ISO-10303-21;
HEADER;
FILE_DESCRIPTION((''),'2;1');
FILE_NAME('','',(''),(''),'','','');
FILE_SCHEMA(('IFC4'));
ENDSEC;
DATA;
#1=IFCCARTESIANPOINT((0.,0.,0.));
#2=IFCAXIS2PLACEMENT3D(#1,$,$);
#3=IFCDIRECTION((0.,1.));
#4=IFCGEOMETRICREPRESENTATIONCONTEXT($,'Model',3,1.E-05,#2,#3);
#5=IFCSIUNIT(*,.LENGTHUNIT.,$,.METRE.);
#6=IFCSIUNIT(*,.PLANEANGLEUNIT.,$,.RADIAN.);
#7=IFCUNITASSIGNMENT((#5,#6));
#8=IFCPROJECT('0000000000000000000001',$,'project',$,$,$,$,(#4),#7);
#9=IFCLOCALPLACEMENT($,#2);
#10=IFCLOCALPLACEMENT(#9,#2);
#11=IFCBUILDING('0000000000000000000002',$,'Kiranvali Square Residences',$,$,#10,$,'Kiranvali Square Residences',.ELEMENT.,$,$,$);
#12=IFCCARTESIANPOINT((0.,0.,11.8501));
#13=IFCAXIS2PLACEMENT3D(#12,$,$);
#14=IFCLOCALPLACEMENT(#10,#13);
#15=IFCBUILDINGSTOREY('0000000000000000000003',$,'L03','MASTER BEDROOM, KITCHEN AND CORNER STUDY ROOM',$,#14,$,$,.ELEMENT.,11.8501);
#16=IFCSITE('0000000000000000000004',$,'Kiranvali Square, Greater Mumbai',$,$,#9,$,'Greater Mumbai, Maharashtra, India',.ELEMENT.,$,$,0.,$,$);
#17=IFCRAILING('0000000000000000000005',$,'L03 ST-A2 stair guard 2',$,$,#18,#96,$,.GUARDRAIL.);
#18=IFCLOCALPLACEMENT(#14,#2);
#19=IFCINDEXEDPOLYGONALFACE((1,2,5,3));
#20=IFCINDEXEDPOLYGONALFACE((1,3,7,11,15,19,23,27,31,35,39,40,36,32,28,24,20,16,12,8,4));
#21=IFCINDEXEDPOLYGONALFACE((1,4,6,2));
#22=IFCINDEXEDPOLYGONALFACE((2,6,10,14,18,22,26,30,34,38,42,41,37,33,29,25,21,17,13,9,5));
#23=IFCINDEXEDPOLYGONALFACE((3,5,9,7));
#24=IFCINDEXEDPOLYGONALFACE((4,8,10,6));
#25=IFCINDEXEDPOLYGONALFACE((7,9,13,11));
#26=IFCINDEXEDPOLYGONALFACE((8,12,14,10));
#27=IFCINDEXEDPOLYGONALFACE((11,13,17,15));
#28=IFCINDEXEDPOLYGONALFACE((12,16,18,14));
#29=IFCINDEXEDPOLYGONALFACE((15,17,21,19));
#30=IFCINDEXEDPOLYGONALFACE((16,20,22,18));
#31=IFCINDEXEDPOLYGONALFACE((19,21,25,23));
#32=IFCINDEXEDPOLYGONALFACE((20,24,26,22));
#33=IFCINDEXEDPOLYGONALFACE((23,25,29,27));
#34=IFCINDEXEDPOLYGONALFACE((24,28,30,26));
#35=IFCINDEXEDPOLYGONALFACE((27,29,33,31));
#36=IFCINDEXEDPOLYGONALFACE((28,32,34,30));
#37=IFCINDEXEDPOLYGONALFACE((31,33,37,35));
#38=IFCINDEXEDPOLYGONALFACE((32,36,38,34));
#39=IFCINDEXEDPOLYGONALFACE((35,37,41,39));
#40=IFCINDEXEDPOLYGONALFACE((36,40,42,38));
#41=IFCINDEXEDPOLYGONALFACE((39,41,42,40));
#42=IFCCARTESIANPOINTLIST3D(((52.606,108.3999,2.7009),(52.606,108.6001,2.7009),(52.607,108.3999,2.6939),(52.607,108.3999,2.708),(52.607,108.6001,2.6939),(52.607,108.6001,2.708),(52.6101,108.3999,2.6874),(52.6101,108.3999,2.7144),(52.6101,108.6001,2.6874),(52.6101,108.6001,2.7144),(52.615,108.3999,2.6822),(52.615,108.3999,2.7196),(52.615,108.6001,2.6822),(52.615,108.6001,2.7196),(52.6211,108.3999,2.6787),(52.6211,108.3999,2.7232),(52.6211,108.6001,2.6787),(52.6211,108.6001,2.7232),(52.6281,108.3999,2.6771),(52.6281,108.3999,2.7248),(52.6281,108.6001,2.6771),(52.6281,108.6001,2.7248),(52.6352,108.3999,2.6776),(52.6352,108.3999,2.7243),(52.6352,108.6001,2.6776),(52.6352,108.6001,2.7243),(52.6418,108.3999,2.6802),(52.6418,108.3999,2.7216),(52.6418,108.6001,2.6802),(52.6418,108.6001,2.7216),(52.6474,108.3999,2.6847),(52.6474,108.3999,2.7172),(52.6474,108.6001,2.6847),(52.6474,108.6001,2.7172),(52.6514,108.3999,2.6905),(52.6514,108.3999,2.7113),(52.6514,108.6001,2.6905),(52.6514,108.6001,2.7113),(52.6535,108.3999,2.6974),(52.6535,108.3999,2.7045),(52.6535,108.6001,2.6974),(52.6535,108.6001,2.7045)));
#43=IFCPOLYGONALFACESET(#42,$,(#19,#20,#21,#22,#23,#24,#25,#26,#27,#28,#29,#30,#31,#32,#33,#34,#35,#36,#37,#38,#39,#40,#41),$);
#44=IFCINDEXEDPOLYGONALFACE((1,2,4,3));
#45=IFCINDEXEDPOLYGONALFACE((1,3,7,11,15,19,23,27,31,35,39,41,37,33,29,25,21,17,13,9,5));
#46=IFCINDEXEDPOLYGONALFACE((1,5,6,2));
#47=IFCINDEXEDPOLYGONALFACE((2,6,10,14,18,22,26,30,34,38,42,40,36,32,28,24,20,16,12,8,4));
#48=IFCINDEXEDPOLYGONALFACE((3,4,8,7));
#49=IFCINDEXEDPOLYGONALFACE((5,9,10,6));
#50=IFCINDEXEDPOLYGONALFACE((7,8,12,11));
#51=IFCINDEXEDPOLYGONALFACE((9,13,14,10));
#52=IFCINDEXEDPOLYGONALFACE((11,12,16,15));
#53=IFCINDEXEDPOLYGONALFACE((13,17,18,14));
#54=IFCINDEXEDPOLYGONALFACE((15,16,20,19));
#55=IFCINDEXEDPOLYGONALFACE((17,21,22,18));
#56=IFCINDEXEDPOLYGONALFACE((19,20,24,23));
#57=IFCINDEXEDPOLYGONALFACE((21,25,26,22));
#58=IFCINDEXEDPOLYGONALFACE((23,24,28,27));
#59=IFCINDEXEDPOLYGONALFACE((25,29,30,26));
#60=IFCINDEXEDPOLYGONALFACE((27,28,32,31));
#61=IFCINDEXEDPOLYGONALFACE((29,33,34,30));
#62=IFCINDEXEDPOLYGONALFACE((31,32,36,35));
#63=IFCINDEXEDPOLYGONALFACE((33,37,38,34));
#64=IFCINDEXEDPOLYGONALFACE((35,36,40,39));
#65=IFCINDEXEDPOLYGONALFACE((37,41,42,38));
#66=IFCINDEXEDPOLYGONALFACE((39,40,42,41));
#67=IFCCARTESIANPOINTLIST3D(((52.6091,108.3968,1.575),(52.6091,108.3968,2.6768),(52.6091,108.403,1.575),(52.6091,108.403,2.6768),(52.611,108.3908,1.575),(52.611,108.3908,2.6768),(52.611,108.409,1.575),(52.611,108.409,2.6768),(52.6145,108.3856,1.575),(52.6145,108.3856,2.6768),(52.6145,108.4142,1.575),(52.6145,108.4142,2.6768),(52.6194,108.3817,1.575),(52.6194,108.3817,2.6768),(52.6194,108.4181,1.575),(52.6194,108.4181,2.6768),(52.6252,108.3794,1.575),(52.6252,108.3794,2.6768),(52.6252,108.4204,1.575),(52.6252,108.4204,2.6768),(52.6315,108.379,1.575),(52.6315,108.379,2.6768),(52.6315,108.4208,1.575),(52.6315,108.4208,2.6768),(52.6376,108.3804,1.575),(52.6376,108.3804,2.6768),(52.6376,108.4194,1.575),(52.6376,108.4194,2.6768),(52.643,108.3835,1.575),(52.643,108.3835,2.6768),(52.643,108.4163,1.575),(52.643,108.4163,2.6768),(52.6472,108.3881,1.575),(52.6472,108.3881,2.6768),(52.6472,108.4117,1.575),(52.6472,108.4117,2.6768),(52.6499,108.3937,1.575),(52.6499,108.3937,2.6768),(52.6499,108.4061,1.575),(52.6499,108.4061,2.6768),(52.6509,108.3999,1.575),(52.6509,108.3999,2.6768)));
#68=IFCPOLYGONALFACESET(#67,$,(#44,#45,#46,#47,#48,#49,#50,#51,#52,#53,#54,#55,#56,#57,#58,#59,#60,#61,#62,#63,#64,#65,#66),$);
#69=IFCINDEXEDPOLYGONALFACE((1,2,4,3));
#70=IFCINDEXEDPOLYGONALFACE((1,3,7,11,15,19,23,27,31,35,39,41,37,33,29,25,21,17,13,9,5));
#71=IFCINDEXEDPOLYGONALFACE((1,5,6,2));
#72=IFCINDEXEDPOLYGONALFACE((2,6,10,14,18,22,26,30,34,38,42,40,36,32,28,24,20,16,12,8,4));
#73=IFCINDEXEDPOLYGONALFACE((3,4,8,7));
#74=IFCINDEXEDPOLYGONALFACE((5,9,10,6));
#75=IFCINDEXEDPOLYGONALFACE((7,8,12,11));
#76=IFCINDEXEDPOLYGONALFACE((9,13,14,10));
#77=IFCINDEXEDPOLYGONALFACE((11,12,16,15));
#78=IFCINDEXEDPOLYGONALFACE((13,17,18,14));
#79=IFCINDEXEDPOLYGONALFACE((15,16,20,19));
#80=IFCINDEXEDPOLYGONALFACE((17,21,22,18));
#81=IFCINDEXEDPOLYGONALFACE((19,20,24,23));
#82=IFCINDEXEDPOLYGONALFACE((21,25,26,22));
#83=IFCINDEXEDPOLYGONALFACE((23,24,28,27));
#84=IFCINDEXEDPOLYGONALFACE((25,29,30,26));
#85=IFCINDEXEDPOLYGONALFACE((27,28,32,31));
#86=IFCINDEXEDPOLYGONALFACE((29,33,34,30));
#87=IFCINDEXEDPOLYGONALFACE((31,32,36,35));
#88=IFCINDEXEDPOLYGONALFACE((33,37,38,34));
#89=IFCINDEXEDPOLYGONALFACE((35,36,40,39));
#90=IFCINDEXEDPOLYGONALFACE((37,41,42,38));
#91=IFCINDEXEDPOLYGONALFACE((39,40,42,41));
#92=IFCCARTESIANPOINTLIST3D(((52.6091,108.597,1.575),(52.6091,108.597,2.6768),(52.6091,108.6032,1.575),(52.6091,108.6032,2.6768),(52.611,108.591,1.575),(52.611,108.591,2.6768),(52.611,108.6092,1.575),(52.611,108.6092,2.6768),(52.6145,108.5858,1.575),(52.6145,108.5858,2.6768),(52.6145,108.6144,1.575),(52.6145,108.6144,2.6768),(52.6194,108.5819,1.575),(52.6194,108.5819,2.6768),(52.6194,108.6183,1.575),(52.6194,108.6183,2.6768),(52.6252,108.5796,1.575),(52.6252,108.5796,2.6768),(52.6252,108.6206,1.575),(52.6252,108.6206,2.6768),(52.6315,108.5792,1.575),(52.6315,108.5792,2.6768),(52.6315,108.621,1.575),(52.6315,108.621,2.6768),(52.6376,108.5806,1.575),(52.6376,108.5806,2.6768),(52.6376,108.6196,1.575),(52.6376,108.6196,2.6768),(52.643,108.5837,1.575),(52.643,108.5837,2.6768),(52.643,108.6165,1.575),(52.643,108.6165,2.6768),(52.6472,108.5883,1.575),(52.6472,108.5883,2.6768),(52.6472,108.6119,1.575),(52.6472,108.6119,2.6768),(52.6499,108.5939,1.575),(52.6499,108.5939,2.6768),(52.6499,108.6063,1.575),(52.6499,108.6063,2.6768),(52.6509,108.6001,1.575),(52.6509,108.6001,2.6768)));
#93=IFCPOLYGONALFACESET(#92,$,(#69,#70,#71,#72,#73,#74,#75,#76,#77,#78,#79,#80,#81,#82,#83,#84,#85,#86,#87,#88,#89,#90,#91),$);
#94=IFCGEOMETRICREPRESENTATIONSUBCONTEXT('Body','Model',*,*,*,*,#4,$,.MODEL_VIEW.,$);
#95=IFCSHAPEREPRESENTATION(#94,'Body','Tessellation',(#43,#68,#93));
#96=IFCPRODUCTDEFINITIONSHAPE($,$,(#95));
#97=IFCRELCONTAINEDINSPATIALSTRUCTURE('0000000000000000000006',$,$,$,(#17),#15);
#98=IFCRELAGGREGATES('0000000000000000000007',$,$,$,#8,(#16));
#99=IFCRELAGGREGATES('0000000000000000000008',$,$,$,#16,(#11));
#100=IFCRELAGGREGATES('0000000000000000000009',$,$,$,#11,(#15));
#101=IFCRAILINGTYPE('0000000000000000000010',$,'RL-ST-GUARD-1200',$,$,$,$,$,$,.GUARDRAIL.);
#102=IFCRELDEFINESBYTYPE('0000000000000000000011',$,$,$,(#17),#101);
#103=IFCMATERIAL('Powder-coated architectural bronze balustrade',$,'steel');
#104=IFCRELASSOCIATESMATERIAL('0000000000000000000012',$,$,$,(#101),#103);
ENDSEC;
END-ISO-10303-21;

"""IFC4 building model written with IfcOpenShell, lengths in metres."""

from ifc_helpers import new_model, si_unit, direction, frame, origin, origin_2d, place, context, subcontext, project, spatial, circle, extrude, material, type_object, element, save


model = new_model("IFC4")

# Units and contexts
model_context = context("Model", 3, precision=1e-05, world=origin(), true_north=direction((0.0, 1.0)))
body_context = subcontext(model_context, "Body", "Model", "MODEL_VIEW")
ifc_project = project(units=[si_unit("LENGTHUNIT", "METRE"), si_unit("PLANEANGLEUNIT", "RADIAN")], contexts=[model_context])

# Site, building, storey
site_placement = place(None, origin())
site = spatial("IfcSite", under=ifc_project, at=site_placement, Name="Kiranvali Square, Greater Mumbai", LongName="Greater Mumbai, Maharashtra, India", CompositionType="ELEMENT", RefElevation=0.0)
building_placement = place(site_placement, origin())
building = spatial("IfcBuilding", under=site, at=building_placement, Name="Kiranvali Square Residences", LongName="Kiranvali Square Residences", CompositionType="ELEMENT")
storey_placement = place(building_placement, frame((0.0, 0.0, 11.8501)))
storey = spatial("IfcBuildingStorey", under=building, at=storey_placement, Name="L03", Description="MASTER BEDROOM, KITCHEN AND CORNER STUDY ROOM", CompositionType="ELEMENT", Elevation=11.8501)

# Railing
ifc_material_1 = material(Name="Powder-coated architectural bronze balustrade", Category="steel")
railing_type_1 = type_object("IfcRailingType", Name="RL-ST-GUARD-1200", PredefinedType="GUARDRAIL", material=ifc_material_1)
railing_1_placement = place(storey_placement, frame((52.6299, 108.3999, 1.575)))
element("IfcRailing", 1, at=railing_1_placement, inside=storey, type_object=railing_type_1, Name="L03 ST-A2 stair guard 2", PredefinedType="GUARDRAIL", context=body_context, shape_type="SweptSolid", body=[
    extrude(circle(Radius=0.0239, at=origin_2d()), frame((0.0, 0.0, 1.126), z_axis=(0.0, 1.0, 0.0), x_axis=(-1.0, 0.0, 0.0)), (0.0, 0.0, 1.0), 0.2002),
    extrude(circle(Radius=0.021, at=origin_2d()), origin(), (0.0, 0.0, 1.0), 1.1018),
    extrude(circle(Radius=0.021, at=origin_2d()), frame((0.0, 0.2002, 0.0)), (0.0, 0.0, 1.0), 1.1018),
])

save(model, "model.ifc")
